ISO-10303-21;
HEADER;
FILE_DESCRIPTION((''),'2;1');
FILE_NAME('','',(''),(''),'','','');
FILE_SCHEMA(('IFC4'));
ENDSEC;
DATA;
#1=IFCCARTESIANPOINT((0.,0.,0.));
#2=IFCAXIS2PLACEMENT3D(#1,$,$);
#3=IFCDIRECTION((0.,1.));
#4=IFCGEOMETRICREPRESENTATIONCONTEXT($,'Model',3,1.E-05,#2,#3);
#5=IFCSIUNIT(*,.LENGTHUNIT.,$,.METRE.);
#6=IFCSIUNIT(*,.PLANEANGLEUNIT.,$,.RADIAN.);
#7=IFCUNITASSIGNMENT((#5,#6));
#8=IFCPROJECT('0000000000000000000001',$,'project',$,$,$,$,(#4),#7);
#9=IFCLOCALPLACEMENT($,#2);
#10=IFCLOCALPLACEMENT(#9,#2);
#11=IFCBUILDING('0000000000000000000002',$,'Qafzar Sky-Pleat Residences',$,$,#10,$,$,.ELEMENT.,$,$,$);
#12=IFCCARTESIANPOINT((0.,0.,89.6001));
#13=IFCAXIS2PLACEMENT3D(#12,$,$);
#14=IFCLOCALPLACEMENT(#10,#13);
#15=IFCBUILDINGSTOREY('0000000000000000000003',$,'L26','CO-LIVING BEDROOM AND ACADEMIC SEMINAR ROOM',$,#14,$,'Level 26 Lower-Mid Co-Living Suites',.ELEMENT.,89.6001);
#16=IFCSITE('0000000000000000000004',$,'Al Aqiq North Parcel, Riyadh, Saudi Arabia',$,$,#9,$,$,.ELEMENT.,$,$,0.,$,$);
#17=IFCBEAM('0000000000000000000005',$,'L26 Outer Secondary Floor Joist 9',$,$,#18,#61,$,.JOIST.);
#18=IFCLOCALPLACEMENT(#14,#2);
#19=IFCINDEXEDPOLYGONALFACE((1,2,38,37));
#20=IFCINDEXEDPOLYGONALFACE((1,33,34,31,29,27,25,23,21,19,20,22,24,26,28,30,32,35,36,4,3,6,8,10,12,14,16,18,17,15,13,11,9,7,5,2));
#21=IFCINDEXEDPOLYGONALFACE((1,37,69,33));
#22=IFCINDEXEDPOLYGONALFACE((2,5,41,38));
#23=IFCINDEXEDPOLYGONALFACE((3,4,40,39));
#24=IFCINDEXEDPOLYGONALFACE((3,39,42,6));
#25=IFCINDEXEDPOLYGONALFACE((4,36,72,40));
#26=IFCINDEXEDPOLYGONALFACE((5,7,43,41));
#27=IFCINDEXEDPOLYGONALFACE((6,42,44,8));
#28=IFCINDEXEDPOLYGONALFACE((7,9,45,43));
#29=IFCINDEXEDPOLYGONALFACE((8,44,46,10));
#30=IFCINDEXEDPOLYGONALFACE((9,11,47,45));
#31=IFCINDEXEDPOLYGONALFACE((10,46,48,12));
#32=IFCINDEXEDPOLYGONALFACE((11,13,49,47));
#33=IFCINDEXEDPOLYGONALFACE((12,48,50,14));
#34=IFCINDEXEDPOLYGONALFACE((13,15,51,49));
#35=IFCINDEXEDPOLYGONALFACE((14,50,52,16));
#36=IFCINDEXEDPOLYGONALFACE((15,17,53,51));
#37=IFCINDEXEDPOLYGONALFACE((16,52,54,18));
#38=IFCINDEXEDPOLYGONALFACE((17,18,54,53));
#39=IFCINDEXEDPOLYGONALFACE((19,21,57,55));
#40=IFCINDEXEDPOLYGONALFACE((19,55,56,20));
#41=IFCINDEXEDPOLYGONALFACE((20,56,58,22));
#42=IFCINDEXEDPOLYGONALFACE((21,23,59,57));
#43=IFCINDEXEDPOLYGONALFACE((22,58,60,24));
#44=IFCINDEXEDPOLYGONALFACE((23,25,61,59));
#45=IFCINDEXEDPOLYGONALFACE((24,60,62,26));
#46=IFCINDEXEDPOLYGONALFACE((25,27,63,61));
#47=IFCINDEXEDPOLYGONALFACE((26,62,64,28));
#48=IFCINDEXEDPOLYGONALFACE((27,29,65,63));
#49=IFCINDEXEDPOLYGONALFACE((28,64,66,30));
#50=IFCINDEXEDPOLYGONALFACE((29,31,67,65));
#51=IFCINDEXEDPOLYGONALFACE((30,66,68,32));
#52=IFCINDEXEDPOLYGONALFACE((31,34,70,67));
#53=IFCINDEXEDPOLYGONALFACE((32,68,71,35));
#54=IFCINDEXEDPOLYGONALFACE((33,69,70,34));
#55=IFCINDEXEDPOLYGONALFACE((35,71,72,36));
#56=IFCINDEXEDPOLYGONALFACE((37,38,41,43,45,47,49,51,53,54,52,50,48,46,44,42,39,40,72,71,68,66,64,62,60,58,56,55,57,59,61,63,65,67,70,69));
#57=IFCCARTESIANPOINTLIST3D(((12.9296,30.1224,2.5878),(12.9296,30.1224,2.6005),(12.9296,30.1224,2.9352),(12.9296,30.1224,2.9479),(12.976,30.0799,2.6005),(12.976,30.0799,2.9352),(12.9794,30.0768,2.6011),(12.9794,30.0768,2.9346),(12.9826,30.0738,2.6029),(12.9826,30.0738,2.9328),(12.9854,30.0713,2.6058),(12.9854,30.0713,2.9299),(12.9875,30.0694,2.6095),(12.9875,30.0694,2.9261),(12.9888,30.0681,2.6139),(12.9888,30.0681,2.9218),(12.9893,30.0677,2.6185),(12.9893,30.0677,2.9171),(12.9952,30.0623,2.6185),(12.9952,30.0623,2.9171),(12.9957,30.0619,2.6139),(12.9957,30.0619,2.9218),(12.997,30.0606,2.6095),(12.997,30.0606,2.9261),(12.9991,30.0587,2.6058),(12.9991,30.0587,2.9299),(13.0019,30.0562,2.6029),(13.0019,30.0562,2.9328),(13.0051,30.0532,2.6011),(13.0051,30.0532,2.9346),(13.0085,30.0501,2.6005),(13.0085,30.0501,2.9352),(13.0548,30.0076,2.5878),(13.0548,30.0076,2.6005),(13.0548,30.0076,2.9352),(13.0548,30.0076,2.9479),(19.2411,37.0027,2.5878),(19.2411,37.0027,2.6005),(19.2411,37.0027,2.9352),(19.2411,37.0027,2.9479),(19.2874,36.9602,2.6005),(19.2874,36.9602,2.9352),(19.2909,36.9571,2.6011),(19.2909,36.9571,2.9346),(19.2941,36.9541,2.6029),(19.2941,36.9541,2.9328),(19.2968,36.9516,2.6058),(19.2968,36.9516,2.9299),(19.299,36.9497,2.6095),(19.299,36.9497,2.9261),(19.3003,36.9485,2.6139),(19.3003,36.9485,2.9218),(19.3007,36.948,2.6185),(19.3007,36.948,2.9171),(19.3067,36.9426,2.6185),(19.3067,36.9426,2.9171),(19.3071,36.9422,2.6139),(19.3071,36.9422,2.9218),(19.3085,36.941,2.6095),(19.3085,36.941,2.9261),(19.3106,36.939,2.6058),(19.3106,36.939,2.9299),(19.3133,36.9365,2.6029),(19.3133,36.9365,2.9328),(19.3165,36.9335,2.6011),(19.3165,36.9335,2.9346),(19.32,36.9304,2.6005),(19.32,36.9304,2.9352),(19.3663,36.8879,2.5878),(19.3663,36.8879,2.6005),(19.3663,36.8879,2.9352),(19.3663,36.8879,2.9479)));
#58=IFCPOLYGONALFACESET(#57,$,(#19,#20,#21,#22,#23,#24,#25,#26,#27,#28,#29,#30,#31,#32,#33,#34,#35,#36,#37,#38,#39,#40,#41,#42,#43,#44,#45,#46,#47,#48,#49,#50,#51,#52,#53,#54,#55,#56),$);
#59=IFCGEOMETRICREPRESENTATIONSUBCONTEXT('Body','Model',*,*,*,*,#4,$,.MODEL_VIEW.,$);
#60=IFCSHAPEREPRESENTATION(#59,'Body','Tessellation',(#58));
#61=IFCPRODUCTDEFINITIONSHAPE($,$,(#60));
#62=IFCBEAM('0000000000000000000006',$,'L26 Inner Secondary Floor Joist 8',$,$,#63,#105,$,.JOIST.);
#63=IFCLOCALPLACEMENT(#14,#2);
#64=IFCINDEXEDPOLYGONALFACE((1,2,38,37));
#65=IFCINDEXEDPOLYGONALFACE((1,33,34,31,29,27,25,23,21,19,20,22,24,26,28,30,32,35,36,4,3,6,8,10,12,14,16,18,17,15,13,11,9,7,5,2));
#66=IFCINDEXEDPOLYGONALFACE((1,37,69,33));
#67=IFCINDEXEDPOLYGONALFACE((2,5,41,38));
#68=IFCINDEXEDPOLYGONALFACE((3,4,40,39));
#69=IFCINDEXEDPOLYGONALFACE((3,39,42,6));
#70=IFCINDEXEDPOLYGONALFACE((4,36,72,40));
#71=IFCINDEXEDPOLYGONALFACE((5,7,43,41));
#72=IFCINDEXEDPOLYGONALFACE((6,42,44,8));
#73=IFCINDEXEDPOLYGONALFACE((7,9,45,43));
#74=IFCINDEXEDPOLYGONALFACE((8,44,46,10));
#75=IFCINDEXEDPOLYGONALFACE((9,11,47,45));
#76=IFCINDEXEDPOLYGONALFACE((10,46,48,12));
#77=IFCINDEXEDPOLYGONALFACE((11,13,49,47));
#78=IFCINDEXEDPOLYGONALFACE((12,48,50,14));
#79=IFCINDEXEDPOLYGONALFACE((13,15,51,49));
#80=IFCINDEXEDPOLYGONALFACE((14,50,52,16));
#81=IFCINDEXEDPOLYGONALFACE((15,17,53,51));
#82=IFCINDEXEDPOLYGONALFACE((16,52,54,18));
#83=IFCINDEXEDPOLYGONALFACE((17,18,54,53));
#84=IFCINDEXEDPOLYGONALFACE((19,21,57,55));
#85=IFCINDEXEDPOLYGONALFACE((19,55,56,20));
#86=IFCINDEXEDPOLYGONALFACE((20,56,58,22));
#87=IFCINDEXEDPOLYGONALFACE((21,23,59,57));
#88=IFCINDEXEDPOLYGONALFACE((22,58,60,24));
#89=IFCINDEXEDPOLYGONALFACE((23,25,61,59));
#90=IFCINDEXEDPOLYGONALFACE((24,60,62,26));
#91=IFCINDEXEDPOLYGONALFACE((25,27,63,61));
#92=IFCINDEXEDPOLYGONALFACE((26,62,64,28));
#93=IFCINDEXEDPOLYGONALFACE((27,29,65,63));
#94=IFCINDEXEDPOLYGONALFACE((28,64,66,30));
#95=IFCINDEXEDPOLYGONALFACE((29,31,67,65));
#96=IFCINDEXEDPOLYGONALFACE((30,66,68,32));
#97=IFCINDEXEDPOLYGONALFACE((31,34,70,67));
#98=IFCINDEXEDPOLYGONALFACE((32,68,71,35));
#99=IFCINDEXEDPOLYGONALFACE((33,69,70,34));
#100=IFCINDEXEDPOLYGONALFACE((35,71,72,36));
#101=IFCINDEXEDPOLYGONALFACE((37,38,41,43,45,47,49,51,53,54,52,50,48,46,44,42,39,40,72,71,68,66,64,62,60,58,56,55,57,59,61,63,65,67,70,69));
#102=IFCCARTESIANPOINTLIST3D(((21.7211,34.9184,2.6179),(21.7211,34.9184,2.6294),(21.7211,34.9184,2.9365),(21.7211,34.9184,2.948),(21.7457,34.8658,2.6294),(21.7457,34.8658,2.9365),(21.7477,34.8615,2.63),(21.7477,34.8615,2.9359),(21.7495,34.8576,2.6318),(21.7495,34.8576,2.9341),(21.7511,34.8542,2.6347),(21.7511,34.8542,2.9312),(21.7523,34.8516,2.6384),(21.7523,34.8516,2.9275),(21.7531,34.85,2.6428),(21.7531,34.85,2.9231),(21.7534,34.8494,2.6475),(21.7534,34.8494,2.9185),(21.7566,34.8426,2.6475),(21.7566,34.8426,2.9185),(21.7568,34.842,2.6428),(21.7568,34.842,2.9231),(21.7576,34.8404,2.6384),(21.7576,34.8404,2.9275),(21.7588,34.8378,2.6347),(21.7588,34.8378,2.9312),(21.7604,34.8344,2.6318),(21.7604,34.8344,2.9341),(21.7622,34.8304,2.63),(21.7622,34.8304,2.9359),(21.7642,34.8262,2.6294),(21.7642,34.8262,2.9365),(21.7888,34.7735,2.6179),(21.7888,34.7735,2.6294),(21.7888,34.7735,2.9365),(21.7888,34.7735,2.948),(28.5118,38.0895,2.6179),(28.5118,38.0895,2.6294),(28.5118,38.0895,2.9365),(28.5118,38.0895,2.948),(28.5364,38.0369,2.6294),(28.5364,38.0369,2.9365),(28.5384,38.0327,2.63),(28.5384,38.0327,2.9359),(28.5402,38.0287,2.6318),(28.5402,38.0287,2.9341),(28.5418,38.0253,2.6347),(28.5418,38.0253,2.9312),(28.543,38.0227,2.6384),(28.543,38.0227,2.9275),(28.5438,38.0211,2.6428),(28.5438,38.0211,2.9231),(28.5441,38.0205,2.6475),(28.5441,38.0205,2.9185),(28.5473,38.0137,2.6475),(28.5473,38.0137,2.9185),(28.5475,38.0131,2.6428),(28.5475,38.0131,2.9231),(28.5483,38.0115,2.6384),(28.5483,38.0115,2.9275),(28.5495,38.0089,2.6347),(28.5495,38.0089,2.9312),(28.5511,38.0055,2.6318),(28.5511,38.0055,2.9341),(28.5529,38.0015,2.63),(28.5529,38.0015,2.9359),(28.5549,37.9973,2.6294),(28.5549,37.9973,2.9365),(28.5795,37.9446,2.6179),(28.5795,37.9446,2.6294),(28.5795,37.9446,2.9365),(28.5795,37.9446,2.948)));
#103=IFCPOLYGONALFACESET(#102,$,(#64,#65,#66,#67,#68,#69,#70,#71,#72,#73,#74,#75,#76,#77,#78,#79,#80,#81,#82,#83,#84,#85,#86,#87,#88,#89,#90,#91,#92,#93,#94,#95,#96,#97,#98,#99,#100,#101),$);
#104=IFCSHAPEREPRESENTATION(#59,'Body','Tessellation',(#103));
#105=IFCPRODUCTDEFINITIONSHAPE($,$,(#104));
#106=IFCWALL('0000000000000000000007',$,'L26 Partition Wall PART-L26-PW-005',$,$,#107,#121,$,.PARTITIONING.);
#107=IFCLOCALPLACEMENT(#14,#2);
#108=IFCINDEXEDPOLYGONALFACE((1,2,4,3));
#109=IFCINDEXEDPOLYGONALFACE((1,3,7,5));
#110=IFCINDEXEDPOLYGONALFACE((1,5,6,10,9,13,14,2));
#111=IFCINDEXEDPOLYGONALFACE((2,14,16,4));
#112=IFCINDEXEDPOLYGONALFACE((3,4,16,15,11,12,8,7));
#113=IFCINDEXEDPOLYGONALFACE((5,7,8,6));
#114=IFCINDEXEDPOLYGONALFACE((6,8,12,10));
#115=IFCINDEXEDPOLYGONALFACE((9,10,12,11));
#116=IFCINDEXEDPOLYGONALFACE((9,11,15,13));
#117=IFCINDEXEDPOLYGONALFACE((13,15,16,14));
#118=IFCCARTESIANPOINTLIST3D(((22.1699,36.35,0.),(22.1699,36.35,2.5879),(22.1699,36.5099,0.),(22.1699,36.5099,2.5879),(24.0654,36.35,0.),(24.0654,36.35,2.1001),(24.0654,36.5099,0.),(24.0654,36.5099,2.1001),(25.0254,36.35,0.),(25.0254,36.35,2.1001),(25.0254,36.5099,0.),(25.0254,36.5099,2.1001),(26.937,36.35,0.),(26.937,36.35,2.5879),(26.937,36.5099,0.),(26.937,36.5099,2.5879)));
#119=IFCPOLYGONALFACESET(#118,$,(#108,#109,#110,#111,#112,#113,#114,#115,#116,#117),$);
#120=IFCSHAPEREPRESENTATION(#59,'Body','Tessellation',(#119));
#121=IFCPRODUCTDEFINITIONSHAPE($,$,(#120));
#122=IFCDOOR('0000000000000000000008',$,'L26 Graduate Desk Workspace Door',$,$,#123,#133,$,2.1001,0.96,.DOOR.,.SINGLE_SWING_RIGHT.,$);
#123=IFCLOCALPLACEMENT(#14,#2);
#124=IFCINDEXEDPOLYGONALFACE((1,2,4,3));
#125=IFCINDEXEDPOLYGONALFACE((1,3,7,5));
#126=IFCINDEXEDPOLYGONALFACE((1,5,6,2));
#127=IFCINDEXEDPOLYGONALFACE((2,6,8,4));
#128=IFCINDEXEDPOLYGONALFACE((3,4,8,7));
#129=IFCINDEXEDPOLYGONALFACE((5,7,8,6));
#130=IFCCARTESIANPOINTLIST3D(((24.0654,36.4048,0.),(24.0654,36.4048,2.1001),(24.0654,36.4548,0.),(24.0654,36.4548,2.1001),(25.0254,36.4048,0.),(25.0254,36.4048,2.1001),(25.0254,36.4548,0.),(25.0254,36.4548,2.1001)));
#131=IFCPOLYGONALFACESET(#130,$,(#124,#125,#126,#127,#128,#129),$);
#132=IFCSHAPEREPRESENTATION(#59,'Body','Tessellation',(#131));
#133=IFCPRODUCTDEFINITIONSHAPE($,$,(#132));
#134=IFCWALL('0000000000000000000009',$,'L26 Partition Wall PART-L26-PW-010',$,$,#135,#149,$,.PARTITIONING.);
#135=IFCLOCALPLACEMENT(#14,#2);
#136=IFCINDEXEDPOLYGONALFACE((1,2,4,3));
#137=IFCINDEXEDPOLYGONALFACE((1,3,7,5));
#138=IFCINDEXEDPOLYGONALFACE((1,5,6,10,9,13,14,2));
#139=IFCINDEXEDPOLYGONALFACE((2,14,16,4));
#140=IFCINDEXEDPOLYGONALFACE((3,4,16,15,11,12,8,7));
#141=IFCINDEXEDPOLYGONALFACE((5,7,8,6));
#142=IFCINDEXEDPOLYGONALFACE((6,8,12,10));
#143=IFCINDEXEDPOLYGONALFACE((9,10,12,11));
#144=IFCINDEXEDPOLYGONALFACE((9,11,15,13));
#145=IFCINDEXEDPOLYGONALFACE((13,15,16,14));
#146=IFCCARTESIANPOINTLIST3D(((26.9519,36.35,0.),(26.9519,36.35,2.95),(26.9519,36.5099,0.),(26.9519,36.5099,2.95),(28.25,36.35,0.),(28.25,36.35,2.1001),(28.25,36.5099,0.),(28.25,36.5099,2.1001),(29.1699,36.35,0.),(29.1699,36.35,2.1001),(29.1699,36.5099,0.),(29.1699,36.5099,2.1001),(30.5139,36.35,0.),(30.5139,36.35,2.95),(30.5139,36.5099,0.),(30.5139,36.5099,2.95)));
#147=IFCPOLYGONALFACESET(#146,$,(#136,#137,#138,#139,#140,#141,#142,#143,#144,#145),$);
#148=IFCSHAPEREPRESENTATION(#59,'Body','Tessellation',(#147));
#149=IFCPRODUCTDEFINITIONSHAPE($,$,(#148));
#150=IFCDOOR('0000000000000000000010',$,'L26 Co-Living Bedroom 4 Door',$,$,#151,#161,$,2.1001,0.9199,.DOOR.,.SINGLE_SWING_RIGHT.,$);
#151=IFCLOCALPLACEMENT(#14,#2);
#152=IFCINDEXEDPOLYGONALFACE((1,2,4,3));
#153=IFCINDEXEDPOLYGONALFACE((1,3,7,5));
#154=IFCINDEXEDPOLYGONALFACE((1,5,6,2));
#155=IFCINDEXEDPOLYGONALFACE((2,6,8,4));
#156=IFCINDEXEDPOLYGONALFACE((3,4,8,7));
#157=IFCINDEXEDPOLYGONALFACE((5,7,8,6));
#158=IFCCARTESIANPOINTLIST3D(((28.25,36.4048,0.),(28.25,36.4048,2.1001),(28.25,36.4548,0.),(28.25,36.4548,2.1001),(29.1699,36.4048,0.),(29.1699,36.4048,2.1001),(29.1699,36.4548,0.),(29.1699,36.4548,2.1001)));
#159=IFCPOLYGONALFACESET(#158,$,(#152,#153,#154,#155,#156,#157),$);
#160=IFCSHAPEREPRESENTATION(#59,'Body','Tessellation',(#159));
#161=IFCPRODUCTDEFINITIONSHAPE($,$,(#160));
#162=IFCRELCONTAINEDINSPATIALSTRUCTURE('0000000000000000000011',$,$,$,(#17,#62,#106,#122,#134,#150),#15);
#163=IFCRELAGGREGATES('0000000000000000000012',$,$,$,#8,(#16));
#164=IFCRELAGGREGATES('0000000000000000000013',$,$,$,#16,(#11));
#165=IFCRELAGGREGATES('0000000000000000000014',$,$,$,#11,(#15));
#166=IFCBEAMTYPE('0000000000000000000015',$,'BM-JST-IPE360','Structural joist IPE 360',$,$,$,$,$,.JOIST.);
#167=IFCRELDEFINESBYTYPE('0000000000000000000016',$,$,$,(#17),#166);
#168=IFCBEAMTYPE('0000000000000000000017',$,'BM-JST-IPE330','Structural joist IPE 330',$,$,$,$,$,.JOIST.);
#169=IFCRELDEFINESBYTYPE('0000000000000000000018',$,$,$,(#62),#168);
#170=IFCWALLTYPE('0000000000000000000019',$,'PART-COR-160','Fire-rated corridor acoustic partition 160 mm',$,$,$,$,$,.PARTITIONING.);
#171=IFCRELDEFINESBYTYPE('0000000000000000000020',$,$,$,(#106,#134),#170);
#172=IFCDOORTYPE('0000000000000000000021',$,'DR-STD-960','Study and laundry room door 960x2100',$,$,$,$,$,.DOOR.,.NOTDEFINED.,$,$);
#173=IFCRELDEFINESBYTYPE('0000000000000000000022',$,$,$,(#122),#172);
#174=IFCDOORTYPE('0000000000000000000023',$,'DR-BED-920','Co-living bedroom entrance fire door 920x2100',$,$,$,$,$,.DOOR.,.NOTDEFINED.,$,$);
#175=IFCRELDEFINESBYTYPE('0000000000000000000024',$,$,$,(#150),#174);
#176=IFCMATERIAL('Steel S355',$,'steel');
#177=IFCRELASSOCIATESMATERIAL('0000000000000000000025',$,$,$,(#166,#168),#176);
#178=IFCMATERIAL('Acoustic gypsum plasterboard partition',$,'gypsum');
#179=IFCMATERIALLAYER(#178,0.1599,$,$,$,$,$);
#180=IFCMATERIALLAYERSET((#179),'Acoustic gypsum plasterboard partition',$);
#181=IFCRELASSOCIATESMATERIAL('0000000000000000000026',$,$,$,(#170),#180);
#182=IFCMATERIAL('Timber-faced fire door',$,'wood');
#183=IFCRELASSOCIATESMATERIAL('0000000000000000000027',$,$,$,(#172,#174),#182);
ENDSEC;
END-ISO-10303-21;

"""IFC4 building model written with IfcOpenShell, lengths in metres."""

from ifc_helpers import new_model, si_unit, direction, frame, frame_2d, origin, origin_2d, place, context, subcontext, project, spatial, rectangle, i_section, extrude, source, transform, mapped, material, layer, layer_set, material_profile, profile_set, type_object, element, fill, save


model = new_model("IFC4")

# Units and contexts
model_context = context("Model", 3, precision=1e-05, world=origin(), true_north=direction((0.0, 1.0)))
body_context = subcontext(model_context, "Body", "Model", "MODEL_VIEW")
ifc_project = project(units=[si_unit("LENGTHUNIT", "METRE"), si_unit("PLANEANGLEUNIT", "RADIAN")], contexts=[model_context])

# Site, building, storey
site_placement = place(None, origin())
site = spatial("IfcSite", under=ifc_project, at=site_placement, Name="Al Aqiq North Parcel, Riyadh, Saudi Arabia", CompositionType="ELEMENT", RefElevation=0.0)
building_placement = place(site_placement, origin())
building = spatial("IfcBuilding", under=site, at=building_placement, Name="Qafzar Sky-Pleat Residences", CompositionType="ELEMENT")
storey_placement = place(building_placement, frame((0.0, 0.0, 89.6001)))
storey = spatial("IfcBuildingStorey", under=building, at=storey_placement, Name="L26", Description="CO-LIVING BEDROOM AND ACADEMIC SEMINAR ROOM", LongName="Level 26 Lower-Mid Co-Living Suites", CompositionType="ELEMENT", Elevation=89.6001)

# Beams
ifc_material_1 = material(Name="Steel S355", Category="steel")
ifc_material_profile_1 = material_profile(ifc_material_1, i_section(OverallWidth=0.1699, OverallDepth=0.3601, WebThickness=0.0081, FlangeThickness=0.0127, FilletRadius=0.0181, at=origin_2d()), Name="IPE 360")
ifc_profile_set_1 = profile_set([ifc_material_profile_1], Name="Steel S355")
beam_type_1 = type_object("IfcBeamType", Name="BM-JST-IPE360", Description="Structural joist IPE 360", PredefinedType="JOIST", material=ifc_profile_set_1)
shared_shape_1 = source(origin(), body_context, "Body", "SweptSolid", [
    extrude(i_section(OverallWidth=0.1699, OverallDepth=0.3601, WebThickness=0.0081, FlangeThickness=0.0127, FilletRadius=0.0181, at=origin_2d()), origin(), (0.0, 0.0, 1.0), 9.3367),
])
beam_1_placement = place(storey_placement, frame((19.3037, 36.9453, 2.7678), z_axis=(-0.675987, -0.736913, 0.0), x_axis=(0.736913, -0.675987, 0.0)))
element("IfcBeam", 1, at=beam_1_placement, inside=storey, type_object=beam_type_1, Name="L26 Outer Secondary Floor Joist 9", PredefinedType="JOIST", context=body_context, shape_type="MappedRepresentation", body=[
    mapped(shared_shape_1, transform((0.0, 0.0, 0.0), x_axis=(1.0, 0.0, 0.0), y_axis=(0.0, 1.0, 0.0), z_axis=(0.0, 0.0, 1.0), scale=1.0)),
])
ifc_material_profile_2 = material_profile(ifc_material_1, i_section(OverallWidth=0.1599, OverallDepth=0.3301, WebThickness=0.0076, FlangeThickness=0.0115, FilletRadius=0.0181, at=origin_2d()), Name="IPE 330")
ifc_profile_set_2 = profile_set([ifc_material_profile_2], Name="Steel S355")
beam_type_2 = type_object("IfcBeamType", Name="BM-JST-IPE330", Description="Structural joist IPE 330", PredefinedType="JOIST", material=ifc_profile_set_2)
shared_shape_2 = source(origin(), body_context, "Body", "SweptSolid", [
    extrude(i_section(OverallWidth=0.1599, OverallDepth=0.3301, WebThickness=0.0076, FlangeThickness=0.0115, FilletRadius=0.0181, at=origin_2d()), origin(), (0.0, 0.0, 1.0), 7.4946),
])
beam_2_placement = place(storey_placement, frame((28.5457, 38.0171, 2.783), z_axis=(-0.906075, -0.423117, 0.0), x_axis=(0.423117, -0.906075, 0.0)))
element("IfcBeam", 2, at=beam_2_placement, inside=storey, type_object=beam_type_2, Name="L26 Inner Secondary Floor Joist 8", PredefinedType="JOIST", context=body_context, shape_type="MappedRepresentation", body=[
    mapped(shared_shape_2, transform((0.0, 0.0, 0.0), x_axis=(1.0, 0.0, 0.0), y_axis=(0.0, 1.0, 0.0), z_axis=(0.0, 0.0, 1.0), scale=1.0)),
])

# Walls, openings, doors
ifc_material_2 = material(Name="Acoustic gypsum plasterboard partition", Category="gypsum")
ifc_layer_1 = layer(ifc_material_2, 0.1599)
ifc_layer_set_1 = layer_set([ifc_layer_1], Name="Acoustic gypsum plasterboard partition")
wall_type_1 = type_object("IfcWallType", Name="PART-COR-160", Description="Fire-rated corridor acoustic partition 160 mm", PredefinedType="PARTITIONING", material=ifc_layer_set_1)
wall_1_placement = place(storey_placement, frame((22.1699, 36.4299, 0.0), z_axis=(0.0, 0.0, 1.0), x_axis=(1.0, 0.0, 0.0)))
wall_1 = element("IfcWall", 3, at=wall_1_placement, inside=storey, type_object=wall_type_1, Name="L26 Partition Wall PART-L26-PW-005", PredefinedType="PARTITIONING", context=body_context, shape_type="SweptSolid", body=[
    extrude(rectangle(XDim=4.7671, YDim=0.1599, at=frame_2d((2.3835, 0.0))), origin(), (0.0, 0.0, 1.0), 2.5879),
])
opening_1_placement = place(wall_1_placement, frame((1.8955, 0.0, 0.0)))
opening_1 = element("IfcOpeningElement", 4, at=opening_1_placement, cuts=wall_1, PredefinedType="OPENING", context=body_context, shape_type="SweptSolid", body=[
    extrude(rectangle(XDim=0.96, YDim=2.1001, at=frame_2d((0.48, 1.05))), frame((0.0, 0.0898, 0.0), z_axis=(0.0, -1.0, 0.0), x_axis=(1.0, 0.0, 0.0)), (0.0, 0.0, 1.0), 0.1799),
])
ifc_material_3 = material(Name="Timber-faced fire door", Category="wood")
door_type_1 = type_object("IfcDoorType", Name="DR-STD-960", Description="Study and laundry room door 960x2100", OperationType="NOTDEFINED", PredefinedType="DOOR", material=ifc_material_3)
shared_shape_3 = source(origin(), body_context, "Body", "SweptSolid", [
    extrude(rectangle(XDim=0.96, YDim=2.1001, at=frame_2d((0.48, 1.05))), frame((0.0, 0.0249, 0.0), z_axis=(0.0, -1.0, 0.0), x_axis=(1.0, 0.0, 0.0)), (0.0, 0.0, 1.0), 0.05),
])
door_1_placement = place(opening_1_placement, origin())
door_1 = element("IfcDoor", 5, at=door_1_placement, inside=storey, type_object=door_type_1, Name="L26 Graduate Desk Workspace Door", OperationType="SINGLE_SWING_RIGHT", OverallHeight=2.1001, OverallWidth=0.96, PredefinedType="DOOR", context=body_context, shape_type="MappedRepresentation", body=[
    mapped(shared_shape_3, transform((0.0, 0.0, 0.0), x_axis=(1.0, 0.0, 0.0), y_axis=(0.0, 1.0, 0.0), z_axis=(0.0, 0.0, 1.0), scale=1.0)),
])
fill(opening_1, door_1)
wall_2_placement = place(storey_placement, frame((26.9519, 36.4299, 0.0), z_axis=(0.0, 0.0, 1.0), x_axis=(1.0, 0.0, 0.0)))
wall_2 = element("IfcWall", 6, at=wall_2_placement, inside=storey, type_object=wall_type_1, Name="L26 Partition Wall PART-L26-PW-010", PredefinedType="PARTITIONING", context=body_context, shape_type="SweptSolid", body=[
    extrude(rectangle(XDim=3.562, YDim=0.1599, at=frame_2d((1.781, 0.0))), origin(), (0.0, 0.0, 1.0), 2.95),
])
opening_2_placement = place(wall_2_placement, frame((1.2981, 0.0, 0.0)))
opening_2 = element("IfcOpeningElement", 7, at=opening_2_placement, cuts=wall_2, PredefinedType="OPENING", context=body_context, shape_type="SweptSolid", body=[
    extrude(rectangle(XDim=0.9199, YDim=2.1001, at=frame_2d((0.46, 1.05))), frame((0.0, 0.0898, 0.0), z_axis=(0.0, -1.0, 0.0), x_axis=(1.0, 0.0, 0.0)), (0.0, 0.0, 1.0), 0.1799),
])
door_type_2 = type_object("IfcDoorType", Name="DR-BED-920", Description="Co-living bedroom entrance fire door 920x2100", OperationType="NOTDEFINED", PredefinedType="DOOR", material=ifc_material_3)
shared_shape_4 = source(origin(), body_context, "Body", "SweptSolid", [
    extrude(rectangle(XDim=0.9199, YDim=2.1001, at=frame_2d((0.46, 1.05))), frame((0.0, 0.0249, 0.0), z_axis=(0.0, -1.0, 0.0), x_axis=(1.0, 0.0, 0.0)), (0.0, 0.0, 1.0), 0.05),
])
door_2_placement = place(opening_2_placement, origin())
door_2 = element("IfcDoor", 8, at=door_2_placement, inside=storey, type_object=door_type_2, Name="L26 Co-Living Bedroom 4 Door", OperationType="SINGLE_SWING_RIGHT", OverallHeight=2.1001, OverallWidth=0.9199, PredefinedType="DOOR", context=body_context, shape_type="MappedRepresentation", body=[
    mapped(shared_shape_4, transform((0.0, 0.0, 0.0), x_axis=(1.0, 0.0, 0.0), y_axis=(0.0, 1.0, 0.0), z_axis=(0.0, 0.0, 1.0), scale=1.0)),
])
fill(opening_2, door_2)

save(model, "model.ifc")
